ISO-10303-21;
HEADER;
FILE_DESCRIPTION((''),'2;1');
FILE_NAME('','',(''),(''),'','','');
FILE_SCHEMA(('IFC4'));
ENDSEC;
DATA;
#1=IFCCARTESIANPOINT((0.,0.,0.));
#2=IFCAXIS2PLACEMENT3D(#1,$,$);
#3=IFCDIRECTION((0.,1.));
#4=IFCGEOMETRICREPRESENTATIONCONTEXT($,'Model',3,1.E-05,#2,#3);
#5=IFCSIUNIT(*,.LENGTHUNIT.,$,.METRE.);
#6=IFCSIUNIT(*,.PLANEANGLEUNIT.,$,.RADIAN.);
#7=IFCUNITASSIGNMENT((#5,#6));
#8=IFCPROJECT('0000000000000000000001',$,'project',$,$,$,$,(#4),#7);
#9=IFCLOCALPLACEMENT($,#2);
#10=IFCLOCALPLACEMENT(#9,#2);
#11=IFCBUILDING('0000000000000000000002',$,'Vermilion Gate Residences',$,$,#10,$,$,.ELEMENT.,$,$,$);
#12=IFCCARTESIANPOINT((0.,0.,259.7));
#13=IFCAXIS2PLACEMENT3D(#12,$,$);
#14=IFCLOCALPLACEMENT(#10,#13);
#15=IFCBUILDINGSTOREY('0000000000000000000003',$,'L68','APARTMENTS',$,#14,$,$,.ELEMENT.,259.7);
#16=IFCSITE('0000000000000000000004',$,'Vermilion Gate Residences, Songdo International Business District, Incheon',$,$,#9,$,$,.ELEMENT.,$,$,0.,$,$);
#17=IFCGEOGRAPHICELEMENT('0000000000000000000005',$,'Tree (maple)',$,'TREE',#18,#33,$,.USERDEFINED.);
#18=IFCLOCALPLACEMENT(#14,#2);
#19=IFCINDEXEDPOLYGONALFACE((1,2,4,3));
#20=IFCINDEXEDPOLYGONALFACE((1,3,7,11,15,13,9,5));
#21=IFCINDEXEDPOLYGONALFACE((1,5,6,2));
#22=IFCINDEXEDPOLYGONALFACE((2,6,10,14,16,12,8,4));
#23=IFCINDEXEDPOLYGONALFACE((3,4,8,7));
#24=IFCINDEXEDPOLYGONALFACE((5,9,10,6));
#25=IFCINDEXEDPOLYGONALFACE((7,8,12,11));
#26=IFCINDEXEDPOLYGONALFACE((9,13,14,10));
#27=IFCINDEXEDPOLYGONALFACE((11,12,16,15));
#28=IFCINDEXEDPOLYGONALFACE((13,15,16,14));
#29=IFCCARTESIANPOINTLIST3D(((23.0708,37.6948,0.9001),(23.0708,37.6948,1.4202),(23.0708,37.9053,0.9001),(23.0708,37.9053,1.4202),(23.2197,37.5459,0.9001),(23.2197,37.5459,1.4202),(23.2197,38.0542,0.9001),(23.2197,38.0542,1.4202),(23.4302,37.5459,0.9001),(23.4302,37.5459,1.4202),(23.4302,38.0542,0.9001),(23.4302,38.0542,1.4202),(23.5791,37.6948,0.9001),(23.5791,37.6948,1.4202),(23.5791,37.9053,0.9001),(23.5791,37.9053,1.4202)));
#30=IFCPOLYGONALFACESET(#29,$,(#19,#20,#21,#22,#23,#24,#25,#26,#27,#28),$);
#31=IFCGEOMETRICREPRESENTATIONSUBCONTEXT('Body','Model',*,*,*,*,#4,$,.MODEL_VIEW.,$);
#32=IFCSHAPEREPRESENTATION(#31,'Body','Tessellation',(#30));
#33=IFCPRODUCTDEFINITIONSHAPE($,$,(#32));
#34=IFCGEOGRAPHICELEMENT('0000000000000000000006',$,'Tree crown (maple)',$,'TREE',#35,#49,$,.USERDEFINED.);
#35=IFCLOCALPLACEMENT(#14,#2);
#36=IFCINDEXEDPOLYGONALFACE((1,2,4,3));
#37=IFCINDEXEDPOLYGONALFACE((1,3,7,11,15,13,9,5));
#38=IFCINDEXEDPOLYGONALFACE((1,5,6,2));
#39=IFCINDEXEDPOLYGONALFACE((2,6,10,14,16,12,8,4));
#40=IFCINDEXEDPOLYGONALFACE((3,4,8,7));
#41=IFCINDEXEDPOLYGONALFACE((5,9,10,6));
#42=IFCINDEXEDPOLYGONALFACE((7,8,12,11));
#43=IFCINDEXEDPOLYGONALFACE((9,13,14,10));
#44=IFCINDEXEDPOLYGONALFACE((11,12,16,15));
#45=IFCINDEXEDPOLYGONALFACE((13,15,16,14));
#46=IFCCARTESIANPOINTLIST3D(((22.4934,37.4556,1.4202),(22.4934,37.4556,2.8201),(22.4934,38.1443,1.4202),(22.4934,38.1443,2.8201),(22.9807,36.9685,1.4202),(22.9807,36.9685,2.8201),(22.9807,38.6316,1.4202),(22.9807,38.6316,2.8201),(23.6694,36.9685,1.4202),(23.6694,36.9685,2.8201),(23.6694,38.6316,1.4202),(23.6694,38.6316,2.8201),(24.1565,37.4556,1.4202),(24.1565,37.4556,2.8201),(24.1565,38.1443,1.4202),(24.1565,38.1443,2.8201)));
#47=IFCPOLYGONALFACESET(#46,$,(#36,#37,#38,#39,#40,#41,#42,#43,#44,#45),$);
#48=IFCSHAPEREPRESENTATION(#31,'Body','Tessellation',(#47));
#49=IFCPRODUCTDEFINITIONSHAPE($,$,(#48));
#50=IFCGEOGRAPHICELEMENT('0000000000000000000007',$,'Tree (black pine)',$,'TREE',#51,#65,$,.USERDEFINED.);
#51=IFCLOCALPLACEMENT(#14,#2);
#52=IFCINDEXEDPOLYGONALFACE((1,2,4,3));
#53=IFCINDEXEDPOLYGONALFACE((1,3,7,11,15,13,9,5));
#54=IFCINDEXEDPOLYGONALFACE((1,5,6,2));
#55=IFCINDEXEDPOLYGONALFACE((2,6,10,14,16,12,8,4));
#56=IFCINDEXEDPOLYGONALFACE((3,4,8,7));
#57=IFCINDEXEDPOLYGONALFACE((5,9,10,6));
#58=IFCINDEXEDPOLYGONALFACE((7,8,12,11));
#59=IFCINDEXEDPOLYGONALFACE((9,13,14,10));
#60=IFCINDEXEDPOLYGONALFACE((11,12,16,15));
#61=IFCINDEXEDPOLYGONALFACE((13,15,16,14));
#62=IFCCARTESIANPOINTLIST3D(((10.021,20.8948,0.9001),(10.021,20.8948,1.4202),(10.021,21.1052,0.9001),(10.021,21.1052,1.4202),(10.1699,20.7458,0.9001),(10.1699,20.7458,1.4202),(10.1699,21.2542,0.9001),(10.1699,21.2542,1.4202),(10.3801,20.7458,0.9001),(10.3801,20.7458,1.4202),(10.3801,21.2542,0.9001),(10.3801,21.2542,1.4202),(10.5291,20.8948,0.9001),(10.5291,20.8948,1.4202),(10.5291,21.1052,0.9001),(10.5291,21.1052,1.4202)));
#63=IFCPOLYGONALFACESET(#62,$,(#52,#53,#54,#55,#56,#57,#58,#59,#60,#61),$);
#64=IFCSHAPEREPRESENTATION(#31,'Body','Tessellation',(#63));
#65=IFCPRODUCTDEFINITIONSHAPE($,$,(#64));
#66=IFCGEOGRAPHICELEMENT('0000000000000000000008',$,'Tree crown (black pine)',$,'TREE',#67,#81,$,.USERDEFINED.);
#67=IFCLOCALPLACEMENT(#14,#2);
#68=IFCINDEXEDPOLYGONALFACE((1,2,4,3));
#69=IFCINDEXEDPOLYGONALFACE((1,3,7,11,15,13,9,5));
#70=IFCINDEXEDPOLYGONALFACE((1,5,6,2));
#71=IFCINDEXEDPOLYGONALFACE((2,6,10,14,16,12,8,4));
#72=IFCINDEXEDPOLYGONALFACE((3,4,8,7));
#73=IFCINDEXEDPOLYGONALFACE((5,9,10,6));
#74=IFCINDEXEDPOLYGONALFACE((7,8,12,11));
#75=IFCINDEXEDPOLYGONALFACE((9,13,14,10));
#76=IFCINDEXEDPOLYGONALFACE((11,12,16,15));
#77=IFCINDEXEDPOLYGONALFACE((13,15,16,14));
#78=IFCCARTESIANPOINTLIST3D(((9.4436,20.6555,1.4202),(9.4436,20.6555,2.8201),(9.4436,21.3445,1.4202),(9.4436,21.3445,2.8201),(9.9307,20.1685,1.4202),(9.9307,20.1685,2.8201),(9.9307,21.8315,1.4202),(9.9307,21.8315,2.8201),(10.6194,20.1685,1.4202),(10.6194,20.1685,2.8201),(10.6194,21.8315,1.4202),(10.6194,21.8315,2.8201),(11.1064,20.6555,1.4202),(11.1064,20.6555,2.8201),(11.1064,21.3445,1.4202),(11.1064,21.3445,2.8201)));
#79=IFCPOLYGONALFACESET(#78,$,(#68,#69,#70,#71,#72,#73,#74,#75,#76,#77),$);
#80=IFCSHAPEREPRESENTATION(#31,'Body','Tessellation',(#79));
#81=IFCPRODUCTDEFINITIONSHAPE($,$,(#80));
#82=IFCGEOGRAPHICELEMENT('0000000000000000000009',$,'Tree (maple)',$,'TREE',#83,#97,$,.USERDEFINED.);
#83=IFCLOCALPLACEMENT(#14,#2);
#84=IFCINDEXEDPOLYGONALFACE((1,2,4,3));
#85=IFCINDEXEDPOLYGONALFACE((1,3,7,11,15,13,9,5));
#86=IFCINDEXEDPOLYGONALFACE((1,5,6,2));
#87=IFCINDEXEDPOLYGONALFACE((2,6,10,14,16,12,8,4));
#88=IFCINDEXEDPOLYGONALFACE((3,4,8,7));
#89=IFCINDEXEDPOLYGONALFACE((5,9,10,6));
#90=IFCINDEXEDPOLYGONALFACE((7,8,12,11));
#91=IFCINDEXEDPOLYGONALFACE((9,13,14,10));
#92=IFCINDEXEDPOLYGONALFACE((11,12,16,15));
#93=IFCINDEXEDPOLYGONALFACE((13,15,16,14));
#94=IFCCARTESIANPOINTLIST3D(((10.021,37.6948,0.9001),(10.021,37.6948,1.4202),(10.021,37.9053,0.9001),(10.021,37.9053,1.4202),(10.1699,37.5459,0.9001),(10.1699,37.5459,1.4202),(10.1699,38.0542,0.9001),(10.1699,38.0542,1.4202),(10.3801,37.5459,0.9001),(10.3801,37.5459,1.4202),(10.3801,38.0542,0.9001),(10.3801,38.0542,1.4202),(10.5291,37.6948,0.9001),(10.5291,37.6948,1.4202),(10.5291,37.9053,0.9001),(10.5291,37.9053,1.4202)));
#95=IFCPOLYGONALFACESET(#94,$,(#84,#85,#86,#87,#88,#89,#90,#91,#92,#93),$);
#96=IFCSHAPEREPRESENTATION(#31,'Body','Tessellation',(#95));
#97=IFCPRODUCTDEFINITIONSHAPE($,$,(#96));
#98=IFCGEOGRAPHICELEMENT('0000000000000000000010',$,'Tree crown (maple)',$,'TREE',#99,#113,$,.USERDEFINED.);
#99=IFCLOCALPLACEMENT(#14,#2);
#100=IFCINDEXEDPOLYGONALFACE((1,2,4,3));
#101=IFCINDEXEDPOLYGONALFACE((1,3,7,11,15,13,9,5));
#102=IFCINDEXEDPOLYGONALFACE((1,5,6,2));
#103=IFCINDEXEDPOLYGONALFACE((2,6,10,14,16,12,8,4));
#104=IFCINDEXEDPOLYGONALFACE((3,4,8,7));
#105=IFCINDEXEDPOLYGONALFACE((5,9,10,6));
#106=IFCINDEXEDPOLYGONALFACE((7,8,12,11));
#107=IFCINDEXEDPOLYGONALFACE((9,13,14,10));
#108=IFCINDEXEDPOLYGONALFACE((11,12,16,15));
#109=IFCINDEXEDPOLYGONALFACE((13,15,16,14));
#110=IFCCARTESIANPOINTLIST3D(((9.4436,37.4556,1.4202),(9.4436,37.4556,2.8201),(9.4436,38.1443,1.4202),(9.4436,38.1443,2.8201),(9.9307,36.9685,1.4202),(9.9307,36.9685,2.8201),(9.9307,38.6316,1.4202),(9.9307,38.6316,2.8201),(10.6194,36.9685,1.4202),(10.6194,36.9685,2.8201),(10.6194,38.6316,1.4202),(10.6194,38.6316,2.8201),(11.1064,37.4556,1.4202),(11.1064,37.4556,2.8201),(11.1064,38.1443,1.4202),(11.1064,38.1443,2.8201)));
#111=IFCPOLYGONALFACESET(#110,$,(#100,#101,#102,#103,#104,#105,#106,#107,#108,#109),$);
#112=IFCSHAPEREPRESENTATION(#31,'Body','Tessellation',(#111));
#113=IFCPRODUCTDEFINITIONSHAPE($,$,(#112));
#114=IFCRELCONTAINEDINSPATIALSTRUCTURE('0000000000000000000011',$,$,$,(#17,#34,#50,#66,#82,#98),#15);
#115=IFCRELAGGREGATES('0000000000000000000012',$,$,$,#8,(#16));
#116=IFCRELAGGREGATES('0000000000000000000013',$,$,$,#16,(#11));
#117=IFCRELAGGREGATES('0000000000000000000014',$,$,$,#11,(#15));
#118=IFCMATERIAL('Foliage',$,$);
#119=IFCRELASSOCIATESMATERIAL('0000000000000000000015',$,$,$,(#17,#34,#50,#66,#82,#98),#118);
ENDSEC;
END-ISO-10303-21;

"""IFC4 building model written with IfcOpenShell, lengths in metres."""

from ifc_helpers import new_model, si_unit, direction, frame, origin, place, context, subcontext, project, spatial, polyline, outline, extrude, material, element, save


model = new_model("IFC4")

# Units and contexts
model_context = context("Model", 3, precision=1e-05, world=origin(), true_north=direction((0.0, 1.0)))
body_context = subcontext(model_context, "Body", "Model", "MODEL_VIEW")
ifc_project = project(units=[si_unit("LENGTHUNIT", "METRE"), si_unit("PLANEANGLEUNIT", "RADIAN")], contexts=[model_context])

# Site, building, storey
site_placement = place(None, origin())
site = spatial("IfcSite", under=ifc_project, at=site_placement, Name="Vermilion Gate Residences, Songdo International Business District, Incheon", CompositionType="ELEMENT", RefElevation=0.0)
building_placement = place(site_placement, origin())
building = spatial("IfcBuilding", under=site, at=building_placement, Name="Vermilion Gate Residences", CompositionType="ELEMENT")
storey_placement = place(building_placement, frame((0.0, 0.0, 259.7)))
storey = spatial("IfcBuildingStorey", under=building, at=storey_placement, Name="L68", Description="APARTMENTS", CompositionType="ELEMENT", Elevation=259.7)

# Geographic elements
ifc_material_1 = material(Name="Foliage")
geographic_element_1_placement = place(storey_placement, frame((0.0, 0.0, 0.9001)))
element("IfcGeographicElement", 1, at=geographic_element_1_placement, inside=storey, material=ifc_material_1, Name="Tree (maple)", ObjectType="TREE", PredefinedType="USERDEFINED", context=body_context, shape_type="SweptSolid", body=[
    extrude(outline(polyline([(23.5791, 37.9053), (23.4302, 38.0542), (23.2197, 38.0542), (23.0708, 37.9053), (23.0708, 37.6948), (23.2197, 37.5459), (23.4302, 37.5459), (23.5791, 37.6948), (23.5791, 37.9053)])), origin(), (0.0, 0.0, 1.0), 0.52),
])
geographic_element_2_placement = place(storey_placement, frame((0.0, 0.0, 1.4202)))
element("IfcGeographicElement", 2, at=geographic_element_2_placement, inside=storey, material=ifc_material_1, Name="Tree crown (maple)", ObjectType="TREE", PredefinedType="USERDEFINED", context=body_context, shape_type="SweptSolid", body=[
    extrude(outline(polyline([(24.1565, 38.1443), (23.6694, 38.6316), (22.9807, 38.6316), (22.4934, 38.1443), (22.4934, 37.4556), (22.9807, 36.9685), (23.6694, 36.9685), (24.1565, 37.4556), (24.1565, 38.1443)])), origin(), (0.0, 0.0, 1.0), 1.3999),
])
geographic_element_3_placement = place(storey_placement, frame((0.0, 0.0, 0.9001)))
element("IfcGeographicElement", 3, at=geographic_element_3_placement, inside=storey, material=ifc_material_1, Name="Tree (black pine)", ObjectType="TREE", PredefinedType="USERDEFINED", context=body_context, shape_type="SweptSolid", body=[
    extrude(outline(polyline([(10.5291, 21.1052), (10.3801, 21.2542), (10.1699, 21.2542), (10.021, 21.1052), (10.021, 20.8948), (10.1699, 20.7458), (10.3801, 20.7458), (10.5291, 20.8948), (10.5291, 21.1052)])), origin(), (0.0, 0.0, 1.0), 0.52),
])
geographic_element_4_placement = place(storey_placement, frame((0.0, 0.0, 1.4202)))
element("IfcGeographicElement", 4, at=geographic_element_4_placement, inside=storey, material=ifc_material_1, Name="Tree crown (black pine)", ObjectType="TREE", PredefinedType="USERDEFINED", context=body_context, shape_type="SweptSolid", body=[
    extrude(outline(polyline([(11.1064, 21.3445), (10.6194, 21.8315), (9.9307, 21.8315), (9.4436, 21.3445), (9.4436, 20.6555), (9.9307, 20.1685), (10.6194, 20.1685), (11.1064, 20.6555), (11.1064, 21.3445)])), origin(), (0.0, 0.0, 1.0), 1.3999),
])
geographic_element_5_placement = place(storey_placement, frame((0.0, 0.0, 0.9001)))
element("IfcGeographicElement", 5, at=geographic_element_5_placement, inside=storey, material=ifc_material_1, Name="Tree (maple)", ObjectType="TREE", PredefinedType="USERDEFINED", context=body_context, shape_type="SweptSolid", body=[
    extrude(outline(polyline([(10.5291, 37.9053), (10.3801, 38.0542), (10.1699, 38.0542), (10.021, 37.9053), (10.021, 37.6948), (10.1699, 37.5459), (10.3801, 37.5459), (10.5291, 37.6948), (10.5291, 37.9053)])), origin(), (0.0, 0.0, 1.0), 0.52),
])
geographic_element_6_placement = place(storey_placement, frame((0.0, 0.0, 1.4202)))
element("IfcGeographicElement", 6, at=geographic_element_6_placement, inside=storey, material=ifc_material_1, Name="Tree crown (maple)", ObjectType="TREE", PredefinedType="USERDEFINED", context=body_context, shape_type="SweptSolid", body=[
    extrude(outline(polyline([(11.1064, 38.1443), (10.6194, 38.6316), (9.9307, 38.6316), (9.4436, 38.1443), (9.4436, 37.4556), (9.9307, 36.9685), (10.6194, 36.9685), (11.1064, 37.4556), (11.1064, 38.1443)])), origin(), (0.0, 0.0, 1.0), 1.3999),
])

save(model, "model.ifc")
